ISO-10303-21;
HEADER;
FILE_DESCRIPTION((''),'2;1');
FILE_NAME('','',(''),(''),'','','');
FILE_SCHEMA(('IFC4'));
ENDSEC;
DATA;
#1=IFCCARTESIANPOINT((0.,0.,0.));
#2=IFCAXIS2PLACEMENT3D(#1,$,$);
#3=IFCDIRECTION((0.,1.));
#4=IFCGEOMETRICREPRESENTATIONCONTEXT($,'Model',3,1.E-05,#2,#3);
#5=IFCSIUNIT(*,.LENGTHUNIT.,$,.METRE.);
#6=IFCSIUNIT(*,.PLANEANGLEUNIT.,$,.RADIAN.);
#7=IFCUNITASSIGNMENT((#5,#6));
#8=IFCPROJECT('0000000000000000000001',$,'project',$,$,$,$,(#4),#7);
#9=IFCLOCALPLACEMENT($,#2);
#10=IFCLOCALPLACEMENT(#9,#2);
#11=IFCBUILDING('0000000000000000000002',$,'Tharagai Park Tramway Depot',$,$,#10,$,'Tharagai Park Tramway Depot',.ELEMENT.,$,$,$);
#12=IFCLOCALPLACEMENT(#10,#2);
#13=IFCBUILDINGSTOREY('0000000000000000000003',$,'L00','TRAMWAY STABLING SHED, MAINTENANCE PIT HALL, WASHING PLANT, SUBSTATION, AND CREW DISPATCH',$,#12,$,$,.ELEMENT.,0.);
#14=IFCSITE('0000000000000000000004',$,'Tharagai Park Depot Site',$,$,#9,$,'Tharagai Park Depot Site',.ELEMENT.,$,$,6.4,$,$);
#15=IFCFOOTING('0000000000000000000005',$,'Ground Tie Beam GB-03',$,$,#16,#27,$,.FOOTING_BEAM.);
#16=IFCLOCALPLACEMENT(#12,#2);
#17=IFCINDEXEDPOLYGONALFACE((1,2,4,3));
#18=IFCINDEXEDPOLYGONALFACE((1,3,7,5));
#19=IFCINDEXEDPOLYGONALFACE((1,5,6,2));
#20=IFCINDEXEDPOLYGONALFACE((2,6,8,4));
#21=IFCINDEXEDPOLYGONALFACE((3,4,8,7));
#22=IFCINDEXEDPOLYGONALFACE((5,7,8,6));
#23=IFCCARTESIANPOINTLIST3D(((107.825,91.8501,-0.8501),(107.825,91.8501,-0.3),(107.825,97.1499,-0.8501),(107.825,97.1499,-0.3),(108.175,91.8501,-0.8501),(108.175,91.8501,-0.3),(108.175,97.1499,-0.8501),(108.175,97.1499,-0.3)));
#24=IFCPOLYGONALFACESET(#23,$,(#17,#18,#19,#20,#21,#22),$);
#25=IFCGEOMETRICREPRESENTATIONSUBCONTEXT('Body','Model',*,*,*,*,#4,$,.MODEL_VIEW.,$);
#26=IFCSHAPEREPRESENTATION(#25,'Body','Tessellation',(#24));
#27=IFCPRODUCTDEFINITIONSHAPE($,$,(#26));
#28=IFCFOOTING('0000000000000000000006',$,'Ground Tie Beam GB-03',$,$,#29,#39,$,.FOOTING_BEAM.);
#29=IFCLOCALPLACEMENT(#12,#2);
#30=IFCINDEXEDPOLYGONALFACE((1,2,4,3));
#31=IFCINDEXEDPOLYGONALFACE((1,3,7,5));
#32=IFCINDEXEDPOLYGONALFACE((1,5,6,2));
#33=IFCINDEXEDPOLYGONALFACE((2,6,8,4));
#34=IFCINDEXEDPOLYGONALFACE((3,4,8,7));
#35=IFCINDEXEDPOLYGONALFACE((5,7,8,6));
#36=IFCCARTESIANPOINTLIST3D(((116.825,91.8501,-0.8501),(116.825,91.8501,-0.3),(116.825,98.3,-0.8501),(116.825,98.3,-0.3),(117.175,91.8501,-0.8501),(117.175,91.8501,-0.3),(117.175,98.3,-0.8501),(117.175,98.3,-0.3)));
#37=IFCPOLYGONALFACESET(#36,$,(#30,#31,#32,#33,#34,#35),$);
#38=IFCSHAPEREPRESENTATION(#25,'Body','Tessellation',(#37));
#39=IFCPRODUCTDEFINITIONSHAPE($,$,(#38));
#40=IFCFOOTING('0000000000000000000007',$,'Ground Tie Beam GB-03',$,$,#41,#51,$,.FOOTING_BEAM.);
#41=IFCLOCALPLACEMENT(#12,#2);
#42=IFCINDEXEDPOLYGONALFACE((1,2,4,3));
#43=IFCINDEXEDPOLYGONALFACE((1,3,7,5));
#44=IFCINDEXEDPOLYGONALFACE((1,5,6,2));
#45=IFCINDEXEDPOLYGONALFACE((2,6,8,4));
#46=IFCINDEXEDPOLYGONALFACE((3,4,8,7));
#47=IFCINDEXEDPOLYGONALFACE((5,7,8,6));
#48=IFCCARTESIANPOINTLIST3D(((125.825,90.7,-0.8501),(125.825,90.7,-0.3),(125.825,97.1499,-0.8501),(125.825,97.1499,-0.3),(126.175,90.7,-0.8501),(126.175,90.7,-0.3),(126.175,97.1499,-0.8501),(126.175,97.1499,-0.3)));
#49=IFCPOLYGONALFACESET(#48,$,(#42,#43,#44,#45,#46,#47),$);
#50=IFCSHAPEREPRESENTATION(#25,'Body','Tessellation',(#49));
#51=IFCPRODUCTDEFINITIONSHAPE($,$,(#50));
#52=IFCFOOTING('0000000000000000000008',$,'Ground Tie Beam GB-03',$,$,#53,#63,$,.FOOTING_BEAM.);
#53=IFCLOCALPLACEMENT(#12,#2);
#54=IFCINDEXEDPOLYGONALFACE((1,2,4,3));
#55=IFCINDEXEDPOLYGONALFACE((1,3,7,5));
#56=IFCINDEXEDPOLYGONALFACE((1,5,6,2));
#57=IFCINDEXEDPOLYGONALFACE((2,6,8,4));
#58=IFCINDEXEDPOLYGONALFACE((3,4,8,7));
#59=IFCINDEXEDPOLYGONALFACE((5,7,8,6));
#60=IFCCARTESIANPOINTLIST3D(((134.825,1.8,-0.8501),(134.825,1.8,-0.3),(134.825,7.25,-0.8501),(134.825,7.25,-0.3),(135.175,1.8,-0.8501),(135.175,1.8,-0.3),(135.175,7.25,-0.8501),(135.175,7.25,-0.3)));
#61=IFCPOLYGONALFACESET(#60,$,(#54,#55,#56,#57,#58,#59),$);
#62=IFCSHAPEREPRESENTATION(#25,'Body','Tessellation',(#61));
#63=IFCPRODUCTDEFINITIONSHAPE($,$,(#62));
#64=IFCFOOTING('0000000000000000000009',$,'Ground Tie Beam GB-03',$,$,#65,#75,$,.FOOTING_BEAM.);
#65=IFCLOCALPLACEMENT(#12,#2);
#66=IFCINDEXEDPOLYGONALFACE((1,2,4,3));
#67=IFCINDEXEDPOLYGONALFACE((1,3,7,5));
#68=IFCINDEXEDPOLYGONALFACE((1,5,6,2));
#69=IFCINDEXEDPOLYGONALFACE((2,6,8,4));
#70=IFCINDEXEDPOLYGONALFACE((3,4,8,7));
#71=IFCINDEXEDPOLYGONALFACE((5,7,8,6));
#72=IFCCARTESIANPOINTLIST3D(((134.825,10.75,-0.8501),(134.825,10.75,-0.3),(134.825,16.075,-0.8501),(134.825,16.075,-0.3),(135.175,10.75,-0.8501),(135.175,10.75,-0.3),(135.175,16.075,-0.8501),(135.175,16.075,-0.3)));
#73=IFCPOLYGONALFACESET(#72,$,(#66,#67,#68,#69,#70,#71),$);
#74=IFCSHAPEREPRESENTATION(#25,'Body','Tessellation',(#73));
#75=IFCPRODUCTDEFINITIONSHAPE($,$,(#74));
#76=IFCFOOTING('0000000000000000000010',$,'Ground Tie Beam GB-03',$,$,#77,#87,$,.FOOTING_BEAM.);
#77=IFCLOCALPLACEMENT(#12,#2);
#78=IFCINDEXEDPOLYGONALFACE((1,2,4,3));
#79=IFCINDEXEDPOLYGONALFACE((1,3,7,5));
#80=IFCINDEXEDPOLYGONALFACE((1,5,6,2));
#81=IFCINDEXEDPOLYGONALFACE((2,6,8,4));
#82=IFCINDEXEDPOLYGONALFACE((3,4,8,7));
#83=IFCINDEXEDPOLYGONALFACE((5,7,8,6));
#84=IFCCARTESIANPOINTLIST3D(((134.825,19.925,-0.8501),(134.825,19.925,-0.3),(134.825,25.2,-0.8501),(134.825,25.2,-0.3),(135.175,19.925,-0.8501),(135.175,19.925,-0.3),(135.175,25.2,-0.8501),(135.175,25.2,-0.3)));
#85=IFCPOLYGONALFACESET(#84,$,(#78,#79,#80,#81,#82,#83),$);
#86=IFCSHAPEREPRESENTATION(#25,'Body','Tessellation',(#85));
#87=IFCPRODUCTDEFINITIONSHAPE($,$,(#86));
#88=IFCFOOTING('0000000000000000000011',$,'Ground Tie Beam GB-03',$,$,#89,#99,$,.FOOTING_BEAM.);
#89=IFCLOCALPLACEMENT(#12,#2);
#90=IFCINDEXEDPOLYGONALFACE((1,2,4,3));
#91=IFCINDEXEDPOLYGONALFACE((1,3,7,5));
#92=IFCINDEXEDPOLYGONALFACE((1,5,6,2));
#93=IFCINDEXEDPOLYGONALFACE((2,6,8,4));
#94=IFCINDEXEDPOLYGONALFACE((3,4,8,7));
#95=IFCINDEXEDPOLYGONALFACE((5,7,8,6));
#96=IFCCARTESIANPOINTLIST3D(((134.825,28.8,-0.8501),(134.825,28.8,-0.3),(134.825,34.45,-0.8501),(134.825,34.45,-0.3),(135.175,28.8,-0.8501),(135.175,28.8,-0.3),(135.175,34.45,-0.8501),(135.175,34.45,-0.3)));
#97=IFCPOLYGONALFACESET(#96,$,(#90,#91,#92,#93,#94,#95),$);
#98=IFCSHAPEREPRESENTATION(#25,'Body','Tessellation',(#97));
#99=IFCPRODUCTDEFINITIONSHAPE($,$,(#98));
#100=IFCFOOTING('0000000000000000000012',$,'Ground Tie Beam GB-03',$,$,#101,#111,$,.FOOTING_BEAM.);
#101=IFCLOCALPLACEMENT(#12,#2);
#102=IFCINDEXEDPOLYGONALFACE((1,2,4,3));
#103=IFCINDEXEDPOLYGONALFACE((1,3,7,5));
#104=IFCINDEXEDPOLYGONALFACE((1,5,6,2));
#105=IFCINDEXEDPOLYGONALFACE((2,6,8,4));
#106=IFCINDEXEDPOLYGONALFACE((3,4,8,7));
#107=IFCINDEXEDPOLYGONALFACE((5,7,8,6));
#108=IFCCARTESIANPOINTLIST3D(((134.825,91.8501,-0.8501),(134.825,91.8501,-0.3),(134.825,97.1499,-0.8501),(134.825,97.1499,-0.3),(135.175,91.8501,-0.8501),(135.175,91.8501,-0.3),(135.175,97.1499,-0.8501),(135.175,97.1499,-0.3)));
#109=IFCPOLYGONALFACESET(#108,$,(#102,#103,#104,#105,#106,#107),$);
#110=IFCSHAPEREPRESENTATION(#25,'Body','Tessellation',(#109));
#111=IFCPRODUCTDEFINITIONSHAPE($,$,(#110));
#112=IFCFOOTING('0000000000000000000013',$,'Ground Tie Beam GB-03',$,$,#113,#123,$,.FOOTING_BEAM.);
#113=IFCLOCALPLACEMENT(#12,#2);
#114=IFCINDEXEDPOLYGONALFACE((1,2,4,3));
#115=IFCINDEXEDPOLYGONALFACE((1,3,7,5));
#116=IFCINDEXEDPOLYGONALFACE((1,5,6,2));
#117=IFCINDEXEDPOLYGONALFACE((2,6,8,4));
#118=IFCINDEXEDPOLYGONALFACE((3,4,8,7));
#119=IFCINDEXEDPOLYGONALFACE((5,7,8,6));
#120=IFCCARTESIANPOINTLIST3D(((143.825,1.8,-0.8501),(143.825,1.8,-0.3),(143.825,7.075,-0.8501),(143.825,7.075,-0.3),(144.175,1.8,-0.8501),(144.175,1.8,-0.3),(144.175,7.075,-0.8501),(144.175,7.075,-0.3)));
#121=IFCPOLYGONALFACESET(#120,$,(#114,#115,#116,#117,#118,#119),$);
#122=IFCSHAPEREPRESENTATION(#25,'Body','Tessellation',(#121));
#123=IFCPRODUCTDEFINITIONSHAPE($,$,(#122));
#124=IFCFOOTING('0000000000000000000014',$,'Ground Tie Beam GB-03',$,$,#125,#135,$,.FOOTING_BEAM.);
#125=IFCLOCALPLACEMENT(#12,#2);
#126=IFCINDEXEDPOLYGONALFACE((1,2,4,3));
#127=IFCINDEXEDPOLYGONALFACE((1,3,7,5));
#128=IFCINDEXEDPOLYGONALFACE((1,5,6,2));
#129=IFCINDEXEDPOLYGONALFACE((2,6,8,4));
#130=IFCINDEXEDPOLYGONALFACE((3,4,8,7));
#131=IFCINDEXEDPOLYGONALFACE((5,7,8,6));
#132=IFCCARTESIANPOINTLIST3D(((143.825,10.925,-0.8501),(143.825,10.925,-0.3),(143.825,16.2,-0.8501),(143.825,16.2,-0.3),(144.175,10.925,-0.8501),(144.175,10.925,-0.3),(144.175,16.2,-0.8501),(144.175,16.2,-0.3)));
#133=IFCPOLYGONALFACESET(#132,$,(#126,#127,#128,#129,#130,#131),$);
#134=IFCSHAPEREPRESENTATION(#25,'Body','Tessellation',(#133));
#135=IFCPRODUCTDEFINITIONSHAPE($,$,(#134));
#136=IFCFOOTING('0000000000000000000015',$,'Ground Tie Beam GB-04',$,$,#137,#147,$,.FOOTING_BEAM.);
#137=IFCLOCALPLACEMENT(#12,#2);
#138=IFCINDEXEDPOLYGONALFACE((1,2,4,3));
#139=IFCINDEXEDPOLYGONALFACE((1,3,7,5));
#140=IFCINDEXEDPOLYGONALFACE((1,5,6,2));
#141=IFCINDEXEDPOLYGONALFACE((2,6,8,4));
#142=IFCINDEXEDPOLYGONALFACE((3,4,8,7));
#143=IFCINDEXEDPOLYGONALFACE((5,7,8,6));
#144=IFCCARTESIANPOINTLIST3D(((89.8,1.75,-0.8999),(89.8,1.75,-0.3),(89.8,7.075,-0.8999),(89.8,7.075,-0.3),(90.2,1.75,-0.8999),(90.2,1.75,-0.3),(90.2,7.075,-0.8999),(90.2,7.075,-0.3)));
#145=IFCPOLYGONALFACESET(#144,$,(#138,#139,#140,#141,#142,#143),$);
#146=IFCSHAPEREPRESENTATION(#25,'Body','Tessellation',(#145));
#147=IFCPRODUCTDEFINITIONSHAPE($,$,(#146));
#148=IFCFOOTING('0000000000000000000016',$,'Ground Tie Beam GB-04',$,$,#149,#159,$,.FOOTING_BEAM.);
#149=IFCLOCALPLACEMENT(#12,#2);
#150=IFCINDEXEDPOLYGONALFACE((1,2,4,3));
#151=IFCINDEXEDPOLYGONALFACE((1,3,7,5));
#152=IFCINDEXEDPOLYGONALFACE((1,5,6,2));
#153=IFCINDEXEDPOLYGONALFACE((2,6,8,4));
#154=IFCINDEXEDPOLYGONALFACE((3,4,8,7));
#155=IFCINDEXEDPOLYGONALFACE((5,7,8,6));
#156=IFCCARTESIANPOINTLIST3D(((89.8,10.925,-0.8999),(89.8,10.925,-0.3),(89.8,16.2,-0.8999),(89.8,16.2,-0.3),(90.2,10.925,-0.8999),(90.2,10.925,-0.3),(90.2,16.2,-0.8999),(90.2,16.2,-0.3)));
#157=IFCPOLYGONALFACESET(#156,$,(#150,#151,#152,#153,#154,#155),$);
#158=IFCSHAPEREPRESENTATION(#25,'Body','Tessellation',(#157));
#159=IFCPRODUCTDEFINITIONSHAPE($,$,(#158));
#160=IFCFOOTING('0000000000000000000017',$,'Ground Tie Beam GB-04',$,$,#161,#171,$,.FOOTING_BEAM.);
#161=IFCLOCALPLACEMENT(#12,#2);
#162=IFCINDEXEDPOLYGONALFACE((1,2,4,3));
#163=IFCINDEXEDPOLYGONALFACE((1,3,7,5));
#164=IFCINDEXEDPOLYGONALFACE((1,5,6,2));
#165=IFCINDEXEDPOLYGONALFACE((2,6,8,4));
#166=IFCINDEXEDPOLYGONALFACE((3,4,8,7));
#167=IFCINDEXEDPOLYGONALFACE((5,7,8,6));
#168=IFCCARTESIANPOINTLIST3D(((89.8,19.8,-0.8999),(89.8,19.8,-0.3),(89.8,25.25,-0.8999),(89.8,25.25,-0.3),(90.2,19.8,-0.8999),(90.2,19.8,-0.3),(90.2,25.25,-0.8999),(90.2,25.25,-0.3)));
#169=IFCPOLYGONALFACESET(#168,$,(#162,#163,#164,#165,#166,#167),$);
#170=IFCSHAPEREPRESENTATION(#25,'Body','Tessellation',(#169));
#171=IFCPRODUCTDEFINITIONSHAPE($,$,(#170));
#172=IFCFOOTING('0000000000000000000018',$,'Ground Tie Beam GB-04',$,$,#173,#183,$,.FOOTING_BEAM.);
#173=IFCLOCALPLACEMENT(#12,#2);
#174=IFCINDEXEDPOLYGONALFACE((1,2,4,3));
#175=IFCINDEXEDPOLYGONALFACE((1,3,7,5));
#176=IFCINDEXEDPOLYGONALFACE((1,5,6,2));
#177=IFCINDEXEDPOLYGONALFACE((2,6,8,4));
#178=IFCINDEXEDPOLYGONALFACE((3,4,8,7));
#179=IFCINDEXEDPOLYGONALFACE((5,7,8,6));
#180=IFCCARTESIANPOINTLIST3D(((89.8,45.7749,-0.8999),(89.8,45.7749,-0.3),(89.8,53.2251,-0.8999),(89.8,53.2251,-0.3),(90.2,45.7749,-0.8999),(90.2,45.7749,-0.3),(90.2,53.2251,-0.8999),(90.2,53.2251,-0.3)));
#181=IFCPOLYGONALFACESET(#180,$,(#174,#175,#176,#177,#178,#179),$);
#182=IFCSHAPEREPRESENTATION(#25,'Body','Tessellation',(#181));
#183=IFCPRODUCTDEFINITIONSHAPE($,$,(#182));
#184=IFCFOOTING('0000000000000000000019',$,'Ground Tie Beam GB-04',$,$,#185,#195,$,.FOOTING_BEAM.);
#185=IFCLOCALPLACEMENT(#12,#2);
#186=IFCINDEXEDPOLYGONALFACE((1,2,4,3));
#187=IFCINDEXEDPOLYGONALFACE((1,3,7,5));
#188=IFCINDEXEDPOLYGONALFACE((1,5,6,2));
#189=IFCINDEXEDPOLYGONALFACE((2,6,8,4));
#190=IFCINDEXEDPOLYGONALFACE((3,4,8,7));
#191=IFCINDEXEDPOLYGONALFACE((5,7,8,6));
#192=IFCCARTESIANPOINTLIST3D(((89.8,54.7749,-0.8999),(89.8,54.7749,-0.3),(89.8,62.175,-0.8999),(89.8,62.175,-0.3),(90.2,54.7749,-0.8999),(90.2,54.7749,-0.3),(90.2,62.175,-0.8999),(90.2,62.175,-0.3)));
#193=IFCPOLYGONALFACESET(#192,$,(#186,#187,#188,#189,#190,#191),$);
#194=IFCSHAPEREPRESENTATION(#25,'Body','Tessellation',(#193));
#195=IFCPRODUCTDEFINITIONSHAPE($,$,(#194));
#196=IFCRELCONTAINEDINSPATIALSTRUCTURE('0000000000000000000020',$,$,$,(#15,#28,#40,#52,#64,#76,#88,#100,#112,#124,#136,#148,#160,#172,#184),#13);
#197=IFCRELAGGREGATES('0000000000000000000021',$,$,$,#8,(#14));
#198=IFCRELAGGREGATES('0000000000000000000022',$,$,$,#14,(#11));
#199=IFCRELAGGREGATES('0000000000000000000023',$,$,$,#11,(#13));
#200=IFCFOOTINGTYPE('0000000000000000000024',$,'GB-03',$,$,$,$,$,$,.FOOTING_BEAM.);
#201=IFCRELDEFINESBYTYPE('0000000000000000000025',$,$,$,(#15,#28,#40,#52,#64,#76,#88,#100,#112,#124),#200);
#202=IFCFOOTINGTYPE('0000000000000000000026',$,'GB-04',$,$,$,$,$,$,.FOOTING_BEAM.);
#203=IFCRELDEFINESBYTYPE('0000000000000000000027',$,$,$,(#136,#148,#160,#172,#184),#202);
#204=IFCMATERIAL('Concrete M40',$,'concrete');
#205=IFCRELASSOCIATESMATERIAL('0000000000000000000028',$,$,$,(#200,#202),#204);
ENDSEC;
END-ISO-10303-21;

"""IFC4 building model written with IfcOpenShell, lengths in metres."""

from ifc_helpers import new_model, si_unit, direction, frame, origin, place, context, subcontext, project, spatial, polyline, outline, extrude, material, type_object, element, save


model = new_model("IFC4")

# Units and contexts
model_context = context("Model", 3, precision=1e-05, world=origin(), true_north=direction((0.0, 1.0)))
body_context = subcontext(model_context, "Body", "Model", "MODEL_VIEW")
ifc_project = project(units=[si_unit("LENGTHUNIT", "METRE"), si_unit("PLANEANGLEUNIT", "RADIAN")], contexts=[model_context])

# Site, building, storey
site_placement = place(None, origin())
site = spatial("IfcSite", under=ifc_project, at=site_placement, Name="Tharagai Park Depot Site", LongName="Tharagai Park Depot Site", CompositionType="ELEMENT", RefElevation=6.4)
building_placement = place(site_placement, origin())
building = spatial("IfcBuilding", under=site, at=building_placement, Name="Tharagai Park Tramway Depot", LongName="Tharagai Park Tramway Depot", CompositionType="ELEMENT")
storey_placement = place(building_placement, origin())
storey = spatial("IfcBuildingStorey", under=building, at=storey_placement, Name="L00", Description="TRAMWAY STABLING SHED, MAINTENANCE PIT HALL, WASHING PLANT, SUBSTATION, AND CREW DISPATCH", CompositionType="ELEMENT", Elevation=0.0)

# Footings
ifc_material = material(Name="Concrete M40", Category="concrete")
footing_type_1 = type_object("IfcFootingType", Name="GB-03", PredefinedType="FOOTING_BEAM", material=ifc_material)
footing_1_placement = place(storey_placement, frame((0.0, 0.0, -0.8501)))
element("IfcFooting", 1, at=footing_1_placement, inside=storey, type_object=footing_type_1, Name="Ground Tie Beam GB-03", PredefinedType="FOOTING_BEAM", context=body_context, shape_type="SweptSolid", body=[
    extrude(outline(polyline([(107.825, 91.8501), (108.175, 91.8501), (108.175, 97.1499), (107.825, 97.1499), (107.825, 91.8501)])), origin(), (0.0, 0.0, 1.0), 0.55),
])
footing_2_placement = place(storey_placement, frame((0.0, 0.0, -0.8501)))
element("IfcFooting", 2, at=footing_2_placement, inside=storey, type_object=footing_type_1, Name="Ground Tie Beam GB-03", PredefinedType="FOOTING_BEAM", context=body_context, shape_type="SweptSolid", body=[
    extrude(outline(polyline([(116.825, 91.8501), (117.175, 91.8501), (117.175, 98.3), (116.825, 98.3), (116.825, 91.8501)])), origin(), (0.0, 0.0, 1.0), 0.55),
])
footing_3_placement = place(storey_placement, frame((0.0, 0.0, -0.8501)))
element("IfcFooting", 3, at=footing_3_placement, inside=storey, type_object=footing_type_1, Name="Ground Tie Beam GB-03", PredefinedType="FOOTING_BEAM", context=body_context, shape_type="SweptSolid", body=[
    extrude(outline(polyline([(125.825, 90.7), (126.175, 90.7), (126.175, 97.1499), (125.825, 97.1499), (125.825, 90.7)])), origin(), (0.0, 0.0, 1.0), 0.55),
])
footing_4_placement = place(storey_placement, frame((0.0, 0.0, -0.8501)))
element("IfcFooting", 4, at=footing_4_placement, inside=storey, type_object=footing_type_1, Name="Ground Tie Beam GB-03", PredefinedType="FOOTING_BEAM", context=body_context, shape_type="SweptSolid", body=[
    extrude(outline(polyline([(134.825, 1.8), (135.175, 1.8), (135.175, 7.25), (134.825, 7.25), (134.825, 1.8)])), origin(), (0.0, 0.0, 1.0), 0.55),
])
footing_5_placement = place(storey_placement, frame((0.0, 0.0, -0.8501)))
element("IfcFooting", 5, at=footing_5_placement, inside=storey, type_object=footing_type_1, Name="Ground Tie Beam GB-03", PredefinedType="FOOTING_BEAM", context=body_context, shape_type="SweptSolid", body=[
    extrude(outline(polyline([(134.825, 10.75), (135.175, 10.75), (135.175, 16.075), (134.825, 16.075), (134.825, 10.75)])), origin(), (0.0, 0.0, 1.0), 0.55),
])
footing_6_placement = place(storey_placement, frame((0.0, 0.0, -0.8501)))
element("IfcFooting", 6, at=footing_6_placement, inside=storey, type_object=footing_type_1, Name="Ground Tie Beam GB-03", PredefinedType="FOOTING_BEAM", context=body_context, shape_type="SweptSolid", body=[
    extrude(outline(polyline([(134.825, 19.925), (135.175, 19.925), (135.175, 25.2), (134.825, 25.2), (134.825, 19.925)])), origin(), (0.0, 0.0, 1.0), 0.55),
])
footing_7_placement = place(storey_placement, frame((0.0, 0.0, -0.8501)))
element("IfcFooting", 7, at=footing_7_placement, inside=storey, type_object=footing_type_1, Name="Ground Tie Beam GB-03", PredefinedType="FOOTING_BEAM", context=body_context, shape_type="SweptSolid", body=[
    extrude(outline(polyline([(134.825, 28.8), (135.175, 28.8), (135.175, 34.45), (134.825, 34.45), (134.825, 28.8)])), origin(), (0.0, 0.0, 1.0), 0.55),
])
footing_8_placement = place(storey_placement, frame((0.0, 0.0, -0.8501)))
element("IfcFooting", 8, at=footing_8_placement, inside=storey, type_object=footing_type_1, Name="Ground Tie Beam GB-03", PredefinedType="FOOTING_BEAM", context=body_context, shape_type="SweptSolid", body=[
    extrude(outline(polyline([(134.825, 91.8501), (135.175, 91.8501), (135.175, 97.1499), (134.825, 97.1499), (134.825, 91.8501)])), origin(), (0.0, 0.0, 1.0), 0.55),
])
footing_9_placement = place(storey_placement, frame((0.0, 0.0, -0.8501)))
element("IfcFooting", 9, at=footing_9_placement, inside=storey, type_object=footing_type_1, Name="Ground Tie Beam GB-03", PredefinedType="FOOTING_BEAM", context=body_context, shape_type="SweptSolid", body=[
    extrude(outline(polyline([(143.825, 1.8), (144.175, 1.8), (144.175, 7.075), (143.825, 7.075), (143.825, 1.8)])), origin(), (0.0, 0.0, 1.0), 0.55),
])
footing_10_placement = place(storey_placement, frame((0.0, 0.0, -0.8501)))
element("IfcFooting", 10, at=footing_10_placement, inside=storey, type_object=footing_type_1, Name="Ground Tie Beam GB-03", PredefinedType="FOOTING_BEAM", context=body_context, shape_type="SweptSolid", body=[
    extrude(outline(polyline([(143.825, 10.925), (144.175, 10.925), (144.175, 16.2), (143.825, 16.2), (143.825, 10.925)])), origin(), (0.0, 0.0, 1.0), 0.55),
])
footing_type_2 = type_object("IfcFootingType", Name="GB-04", PredefinedType="FOOTING_BEAM", material=ifc_material)
footing_11_placement = place(storey_placement, frame((0.0, 0.0, -0.8999)))
element("IfcFooting", 11, at=footing_11_placement, inside=storey, type_object=footing_type_2, Name="Ground Tie Beam GB-04", PredefinedType="FOOTING_BEAM", context=body_context, shape_type="SweptSolid", body=[
    extrude(outline(polyline([(89.8, 1.75), (90.2, 1.75), (90.2, 7.075), (89.8, 7.075), (89.8, 1.75)])), origin(), (0.0, 0.0, 1.0), 0.5999),
])
footing_12_placement = place(storey_placement, frame((0.0, 0.0, -0.8999)))
element("IfcFooting", 12, at=footing_12_placement, inside=storey, type_object=footing_type_2, Name="Ground Tie Beam GB-04", PredefinedType="FOOTING_BEAM", context=body_context, shape_type="SweptSolid", body=[
    extrude(outline(polyline([(89.8, 10.925), (90.2, 10.925), (90.2, 16.2), (89.8, 16.2), (89.8, 10.925)])), origin(), (0.0, 0.0, 1.0), 0.5999),
])
footing_13_placement = place(storey_placement, frame((0.0, 0.0, -0.8999)))
element("IfcFooting", 13, at=footing_13_placement, inside=storey, type_object=footing_type_2, Name="Ground Tie Beam GB-04", PredefinedType="FOOTING_BEAM", context=body_context, shape_type="SweptSolid", body=[
    extrude(outline(polyline([(89.8, 19.8), (90.2, 19.8), (90.2, 25.25), (89.8, 25.25), (89.8, 19.8)])), origin(), (0.0, 0.0, 1.0), 0.5999),
])
footing_14_placement = place(storey_placement, frame((0.0, 0.0, -0.8999)))
element("IfcFooting", 14, at=footing_14_placement, inside=storey, type_object=footing_type_2, Name="Ground Tie Beam GB-04", PredefinedType="FOOTING_BEAM", context=body_context, shape_type="SweptSolid", body=[
    extrude(outline(polyline([(89.8, 45.7749), (90.2, 45.7749), (90.2, 53.2251), (89.8, 53.2251), (89.8, 45.7749)])), origin(), (0.0, 0.0, 1.0), 0.5999),
])
footing_15_placement = place(storey_placement, frame((0.0, 0.0, -0.8999)))
element("IfcFooting", 15, at=footing_15_placement, inside=storey, type_object=footing_type_2, Name="Ground Tie Beam GB-04", PredefinedType="FOOTING_BEAM", context=body_context, shape_type="SweptSolid", body=[
    extrude(outline(polyline([(89.8, 54.7749), (90.2, 54.7749), (90.2, 62.175), (89.8, 62.175), (89.8, 54.7749)])), origin(), (0.0, 0.0, 1.0), 0.5999),
])

save(model, "model.ifc")
